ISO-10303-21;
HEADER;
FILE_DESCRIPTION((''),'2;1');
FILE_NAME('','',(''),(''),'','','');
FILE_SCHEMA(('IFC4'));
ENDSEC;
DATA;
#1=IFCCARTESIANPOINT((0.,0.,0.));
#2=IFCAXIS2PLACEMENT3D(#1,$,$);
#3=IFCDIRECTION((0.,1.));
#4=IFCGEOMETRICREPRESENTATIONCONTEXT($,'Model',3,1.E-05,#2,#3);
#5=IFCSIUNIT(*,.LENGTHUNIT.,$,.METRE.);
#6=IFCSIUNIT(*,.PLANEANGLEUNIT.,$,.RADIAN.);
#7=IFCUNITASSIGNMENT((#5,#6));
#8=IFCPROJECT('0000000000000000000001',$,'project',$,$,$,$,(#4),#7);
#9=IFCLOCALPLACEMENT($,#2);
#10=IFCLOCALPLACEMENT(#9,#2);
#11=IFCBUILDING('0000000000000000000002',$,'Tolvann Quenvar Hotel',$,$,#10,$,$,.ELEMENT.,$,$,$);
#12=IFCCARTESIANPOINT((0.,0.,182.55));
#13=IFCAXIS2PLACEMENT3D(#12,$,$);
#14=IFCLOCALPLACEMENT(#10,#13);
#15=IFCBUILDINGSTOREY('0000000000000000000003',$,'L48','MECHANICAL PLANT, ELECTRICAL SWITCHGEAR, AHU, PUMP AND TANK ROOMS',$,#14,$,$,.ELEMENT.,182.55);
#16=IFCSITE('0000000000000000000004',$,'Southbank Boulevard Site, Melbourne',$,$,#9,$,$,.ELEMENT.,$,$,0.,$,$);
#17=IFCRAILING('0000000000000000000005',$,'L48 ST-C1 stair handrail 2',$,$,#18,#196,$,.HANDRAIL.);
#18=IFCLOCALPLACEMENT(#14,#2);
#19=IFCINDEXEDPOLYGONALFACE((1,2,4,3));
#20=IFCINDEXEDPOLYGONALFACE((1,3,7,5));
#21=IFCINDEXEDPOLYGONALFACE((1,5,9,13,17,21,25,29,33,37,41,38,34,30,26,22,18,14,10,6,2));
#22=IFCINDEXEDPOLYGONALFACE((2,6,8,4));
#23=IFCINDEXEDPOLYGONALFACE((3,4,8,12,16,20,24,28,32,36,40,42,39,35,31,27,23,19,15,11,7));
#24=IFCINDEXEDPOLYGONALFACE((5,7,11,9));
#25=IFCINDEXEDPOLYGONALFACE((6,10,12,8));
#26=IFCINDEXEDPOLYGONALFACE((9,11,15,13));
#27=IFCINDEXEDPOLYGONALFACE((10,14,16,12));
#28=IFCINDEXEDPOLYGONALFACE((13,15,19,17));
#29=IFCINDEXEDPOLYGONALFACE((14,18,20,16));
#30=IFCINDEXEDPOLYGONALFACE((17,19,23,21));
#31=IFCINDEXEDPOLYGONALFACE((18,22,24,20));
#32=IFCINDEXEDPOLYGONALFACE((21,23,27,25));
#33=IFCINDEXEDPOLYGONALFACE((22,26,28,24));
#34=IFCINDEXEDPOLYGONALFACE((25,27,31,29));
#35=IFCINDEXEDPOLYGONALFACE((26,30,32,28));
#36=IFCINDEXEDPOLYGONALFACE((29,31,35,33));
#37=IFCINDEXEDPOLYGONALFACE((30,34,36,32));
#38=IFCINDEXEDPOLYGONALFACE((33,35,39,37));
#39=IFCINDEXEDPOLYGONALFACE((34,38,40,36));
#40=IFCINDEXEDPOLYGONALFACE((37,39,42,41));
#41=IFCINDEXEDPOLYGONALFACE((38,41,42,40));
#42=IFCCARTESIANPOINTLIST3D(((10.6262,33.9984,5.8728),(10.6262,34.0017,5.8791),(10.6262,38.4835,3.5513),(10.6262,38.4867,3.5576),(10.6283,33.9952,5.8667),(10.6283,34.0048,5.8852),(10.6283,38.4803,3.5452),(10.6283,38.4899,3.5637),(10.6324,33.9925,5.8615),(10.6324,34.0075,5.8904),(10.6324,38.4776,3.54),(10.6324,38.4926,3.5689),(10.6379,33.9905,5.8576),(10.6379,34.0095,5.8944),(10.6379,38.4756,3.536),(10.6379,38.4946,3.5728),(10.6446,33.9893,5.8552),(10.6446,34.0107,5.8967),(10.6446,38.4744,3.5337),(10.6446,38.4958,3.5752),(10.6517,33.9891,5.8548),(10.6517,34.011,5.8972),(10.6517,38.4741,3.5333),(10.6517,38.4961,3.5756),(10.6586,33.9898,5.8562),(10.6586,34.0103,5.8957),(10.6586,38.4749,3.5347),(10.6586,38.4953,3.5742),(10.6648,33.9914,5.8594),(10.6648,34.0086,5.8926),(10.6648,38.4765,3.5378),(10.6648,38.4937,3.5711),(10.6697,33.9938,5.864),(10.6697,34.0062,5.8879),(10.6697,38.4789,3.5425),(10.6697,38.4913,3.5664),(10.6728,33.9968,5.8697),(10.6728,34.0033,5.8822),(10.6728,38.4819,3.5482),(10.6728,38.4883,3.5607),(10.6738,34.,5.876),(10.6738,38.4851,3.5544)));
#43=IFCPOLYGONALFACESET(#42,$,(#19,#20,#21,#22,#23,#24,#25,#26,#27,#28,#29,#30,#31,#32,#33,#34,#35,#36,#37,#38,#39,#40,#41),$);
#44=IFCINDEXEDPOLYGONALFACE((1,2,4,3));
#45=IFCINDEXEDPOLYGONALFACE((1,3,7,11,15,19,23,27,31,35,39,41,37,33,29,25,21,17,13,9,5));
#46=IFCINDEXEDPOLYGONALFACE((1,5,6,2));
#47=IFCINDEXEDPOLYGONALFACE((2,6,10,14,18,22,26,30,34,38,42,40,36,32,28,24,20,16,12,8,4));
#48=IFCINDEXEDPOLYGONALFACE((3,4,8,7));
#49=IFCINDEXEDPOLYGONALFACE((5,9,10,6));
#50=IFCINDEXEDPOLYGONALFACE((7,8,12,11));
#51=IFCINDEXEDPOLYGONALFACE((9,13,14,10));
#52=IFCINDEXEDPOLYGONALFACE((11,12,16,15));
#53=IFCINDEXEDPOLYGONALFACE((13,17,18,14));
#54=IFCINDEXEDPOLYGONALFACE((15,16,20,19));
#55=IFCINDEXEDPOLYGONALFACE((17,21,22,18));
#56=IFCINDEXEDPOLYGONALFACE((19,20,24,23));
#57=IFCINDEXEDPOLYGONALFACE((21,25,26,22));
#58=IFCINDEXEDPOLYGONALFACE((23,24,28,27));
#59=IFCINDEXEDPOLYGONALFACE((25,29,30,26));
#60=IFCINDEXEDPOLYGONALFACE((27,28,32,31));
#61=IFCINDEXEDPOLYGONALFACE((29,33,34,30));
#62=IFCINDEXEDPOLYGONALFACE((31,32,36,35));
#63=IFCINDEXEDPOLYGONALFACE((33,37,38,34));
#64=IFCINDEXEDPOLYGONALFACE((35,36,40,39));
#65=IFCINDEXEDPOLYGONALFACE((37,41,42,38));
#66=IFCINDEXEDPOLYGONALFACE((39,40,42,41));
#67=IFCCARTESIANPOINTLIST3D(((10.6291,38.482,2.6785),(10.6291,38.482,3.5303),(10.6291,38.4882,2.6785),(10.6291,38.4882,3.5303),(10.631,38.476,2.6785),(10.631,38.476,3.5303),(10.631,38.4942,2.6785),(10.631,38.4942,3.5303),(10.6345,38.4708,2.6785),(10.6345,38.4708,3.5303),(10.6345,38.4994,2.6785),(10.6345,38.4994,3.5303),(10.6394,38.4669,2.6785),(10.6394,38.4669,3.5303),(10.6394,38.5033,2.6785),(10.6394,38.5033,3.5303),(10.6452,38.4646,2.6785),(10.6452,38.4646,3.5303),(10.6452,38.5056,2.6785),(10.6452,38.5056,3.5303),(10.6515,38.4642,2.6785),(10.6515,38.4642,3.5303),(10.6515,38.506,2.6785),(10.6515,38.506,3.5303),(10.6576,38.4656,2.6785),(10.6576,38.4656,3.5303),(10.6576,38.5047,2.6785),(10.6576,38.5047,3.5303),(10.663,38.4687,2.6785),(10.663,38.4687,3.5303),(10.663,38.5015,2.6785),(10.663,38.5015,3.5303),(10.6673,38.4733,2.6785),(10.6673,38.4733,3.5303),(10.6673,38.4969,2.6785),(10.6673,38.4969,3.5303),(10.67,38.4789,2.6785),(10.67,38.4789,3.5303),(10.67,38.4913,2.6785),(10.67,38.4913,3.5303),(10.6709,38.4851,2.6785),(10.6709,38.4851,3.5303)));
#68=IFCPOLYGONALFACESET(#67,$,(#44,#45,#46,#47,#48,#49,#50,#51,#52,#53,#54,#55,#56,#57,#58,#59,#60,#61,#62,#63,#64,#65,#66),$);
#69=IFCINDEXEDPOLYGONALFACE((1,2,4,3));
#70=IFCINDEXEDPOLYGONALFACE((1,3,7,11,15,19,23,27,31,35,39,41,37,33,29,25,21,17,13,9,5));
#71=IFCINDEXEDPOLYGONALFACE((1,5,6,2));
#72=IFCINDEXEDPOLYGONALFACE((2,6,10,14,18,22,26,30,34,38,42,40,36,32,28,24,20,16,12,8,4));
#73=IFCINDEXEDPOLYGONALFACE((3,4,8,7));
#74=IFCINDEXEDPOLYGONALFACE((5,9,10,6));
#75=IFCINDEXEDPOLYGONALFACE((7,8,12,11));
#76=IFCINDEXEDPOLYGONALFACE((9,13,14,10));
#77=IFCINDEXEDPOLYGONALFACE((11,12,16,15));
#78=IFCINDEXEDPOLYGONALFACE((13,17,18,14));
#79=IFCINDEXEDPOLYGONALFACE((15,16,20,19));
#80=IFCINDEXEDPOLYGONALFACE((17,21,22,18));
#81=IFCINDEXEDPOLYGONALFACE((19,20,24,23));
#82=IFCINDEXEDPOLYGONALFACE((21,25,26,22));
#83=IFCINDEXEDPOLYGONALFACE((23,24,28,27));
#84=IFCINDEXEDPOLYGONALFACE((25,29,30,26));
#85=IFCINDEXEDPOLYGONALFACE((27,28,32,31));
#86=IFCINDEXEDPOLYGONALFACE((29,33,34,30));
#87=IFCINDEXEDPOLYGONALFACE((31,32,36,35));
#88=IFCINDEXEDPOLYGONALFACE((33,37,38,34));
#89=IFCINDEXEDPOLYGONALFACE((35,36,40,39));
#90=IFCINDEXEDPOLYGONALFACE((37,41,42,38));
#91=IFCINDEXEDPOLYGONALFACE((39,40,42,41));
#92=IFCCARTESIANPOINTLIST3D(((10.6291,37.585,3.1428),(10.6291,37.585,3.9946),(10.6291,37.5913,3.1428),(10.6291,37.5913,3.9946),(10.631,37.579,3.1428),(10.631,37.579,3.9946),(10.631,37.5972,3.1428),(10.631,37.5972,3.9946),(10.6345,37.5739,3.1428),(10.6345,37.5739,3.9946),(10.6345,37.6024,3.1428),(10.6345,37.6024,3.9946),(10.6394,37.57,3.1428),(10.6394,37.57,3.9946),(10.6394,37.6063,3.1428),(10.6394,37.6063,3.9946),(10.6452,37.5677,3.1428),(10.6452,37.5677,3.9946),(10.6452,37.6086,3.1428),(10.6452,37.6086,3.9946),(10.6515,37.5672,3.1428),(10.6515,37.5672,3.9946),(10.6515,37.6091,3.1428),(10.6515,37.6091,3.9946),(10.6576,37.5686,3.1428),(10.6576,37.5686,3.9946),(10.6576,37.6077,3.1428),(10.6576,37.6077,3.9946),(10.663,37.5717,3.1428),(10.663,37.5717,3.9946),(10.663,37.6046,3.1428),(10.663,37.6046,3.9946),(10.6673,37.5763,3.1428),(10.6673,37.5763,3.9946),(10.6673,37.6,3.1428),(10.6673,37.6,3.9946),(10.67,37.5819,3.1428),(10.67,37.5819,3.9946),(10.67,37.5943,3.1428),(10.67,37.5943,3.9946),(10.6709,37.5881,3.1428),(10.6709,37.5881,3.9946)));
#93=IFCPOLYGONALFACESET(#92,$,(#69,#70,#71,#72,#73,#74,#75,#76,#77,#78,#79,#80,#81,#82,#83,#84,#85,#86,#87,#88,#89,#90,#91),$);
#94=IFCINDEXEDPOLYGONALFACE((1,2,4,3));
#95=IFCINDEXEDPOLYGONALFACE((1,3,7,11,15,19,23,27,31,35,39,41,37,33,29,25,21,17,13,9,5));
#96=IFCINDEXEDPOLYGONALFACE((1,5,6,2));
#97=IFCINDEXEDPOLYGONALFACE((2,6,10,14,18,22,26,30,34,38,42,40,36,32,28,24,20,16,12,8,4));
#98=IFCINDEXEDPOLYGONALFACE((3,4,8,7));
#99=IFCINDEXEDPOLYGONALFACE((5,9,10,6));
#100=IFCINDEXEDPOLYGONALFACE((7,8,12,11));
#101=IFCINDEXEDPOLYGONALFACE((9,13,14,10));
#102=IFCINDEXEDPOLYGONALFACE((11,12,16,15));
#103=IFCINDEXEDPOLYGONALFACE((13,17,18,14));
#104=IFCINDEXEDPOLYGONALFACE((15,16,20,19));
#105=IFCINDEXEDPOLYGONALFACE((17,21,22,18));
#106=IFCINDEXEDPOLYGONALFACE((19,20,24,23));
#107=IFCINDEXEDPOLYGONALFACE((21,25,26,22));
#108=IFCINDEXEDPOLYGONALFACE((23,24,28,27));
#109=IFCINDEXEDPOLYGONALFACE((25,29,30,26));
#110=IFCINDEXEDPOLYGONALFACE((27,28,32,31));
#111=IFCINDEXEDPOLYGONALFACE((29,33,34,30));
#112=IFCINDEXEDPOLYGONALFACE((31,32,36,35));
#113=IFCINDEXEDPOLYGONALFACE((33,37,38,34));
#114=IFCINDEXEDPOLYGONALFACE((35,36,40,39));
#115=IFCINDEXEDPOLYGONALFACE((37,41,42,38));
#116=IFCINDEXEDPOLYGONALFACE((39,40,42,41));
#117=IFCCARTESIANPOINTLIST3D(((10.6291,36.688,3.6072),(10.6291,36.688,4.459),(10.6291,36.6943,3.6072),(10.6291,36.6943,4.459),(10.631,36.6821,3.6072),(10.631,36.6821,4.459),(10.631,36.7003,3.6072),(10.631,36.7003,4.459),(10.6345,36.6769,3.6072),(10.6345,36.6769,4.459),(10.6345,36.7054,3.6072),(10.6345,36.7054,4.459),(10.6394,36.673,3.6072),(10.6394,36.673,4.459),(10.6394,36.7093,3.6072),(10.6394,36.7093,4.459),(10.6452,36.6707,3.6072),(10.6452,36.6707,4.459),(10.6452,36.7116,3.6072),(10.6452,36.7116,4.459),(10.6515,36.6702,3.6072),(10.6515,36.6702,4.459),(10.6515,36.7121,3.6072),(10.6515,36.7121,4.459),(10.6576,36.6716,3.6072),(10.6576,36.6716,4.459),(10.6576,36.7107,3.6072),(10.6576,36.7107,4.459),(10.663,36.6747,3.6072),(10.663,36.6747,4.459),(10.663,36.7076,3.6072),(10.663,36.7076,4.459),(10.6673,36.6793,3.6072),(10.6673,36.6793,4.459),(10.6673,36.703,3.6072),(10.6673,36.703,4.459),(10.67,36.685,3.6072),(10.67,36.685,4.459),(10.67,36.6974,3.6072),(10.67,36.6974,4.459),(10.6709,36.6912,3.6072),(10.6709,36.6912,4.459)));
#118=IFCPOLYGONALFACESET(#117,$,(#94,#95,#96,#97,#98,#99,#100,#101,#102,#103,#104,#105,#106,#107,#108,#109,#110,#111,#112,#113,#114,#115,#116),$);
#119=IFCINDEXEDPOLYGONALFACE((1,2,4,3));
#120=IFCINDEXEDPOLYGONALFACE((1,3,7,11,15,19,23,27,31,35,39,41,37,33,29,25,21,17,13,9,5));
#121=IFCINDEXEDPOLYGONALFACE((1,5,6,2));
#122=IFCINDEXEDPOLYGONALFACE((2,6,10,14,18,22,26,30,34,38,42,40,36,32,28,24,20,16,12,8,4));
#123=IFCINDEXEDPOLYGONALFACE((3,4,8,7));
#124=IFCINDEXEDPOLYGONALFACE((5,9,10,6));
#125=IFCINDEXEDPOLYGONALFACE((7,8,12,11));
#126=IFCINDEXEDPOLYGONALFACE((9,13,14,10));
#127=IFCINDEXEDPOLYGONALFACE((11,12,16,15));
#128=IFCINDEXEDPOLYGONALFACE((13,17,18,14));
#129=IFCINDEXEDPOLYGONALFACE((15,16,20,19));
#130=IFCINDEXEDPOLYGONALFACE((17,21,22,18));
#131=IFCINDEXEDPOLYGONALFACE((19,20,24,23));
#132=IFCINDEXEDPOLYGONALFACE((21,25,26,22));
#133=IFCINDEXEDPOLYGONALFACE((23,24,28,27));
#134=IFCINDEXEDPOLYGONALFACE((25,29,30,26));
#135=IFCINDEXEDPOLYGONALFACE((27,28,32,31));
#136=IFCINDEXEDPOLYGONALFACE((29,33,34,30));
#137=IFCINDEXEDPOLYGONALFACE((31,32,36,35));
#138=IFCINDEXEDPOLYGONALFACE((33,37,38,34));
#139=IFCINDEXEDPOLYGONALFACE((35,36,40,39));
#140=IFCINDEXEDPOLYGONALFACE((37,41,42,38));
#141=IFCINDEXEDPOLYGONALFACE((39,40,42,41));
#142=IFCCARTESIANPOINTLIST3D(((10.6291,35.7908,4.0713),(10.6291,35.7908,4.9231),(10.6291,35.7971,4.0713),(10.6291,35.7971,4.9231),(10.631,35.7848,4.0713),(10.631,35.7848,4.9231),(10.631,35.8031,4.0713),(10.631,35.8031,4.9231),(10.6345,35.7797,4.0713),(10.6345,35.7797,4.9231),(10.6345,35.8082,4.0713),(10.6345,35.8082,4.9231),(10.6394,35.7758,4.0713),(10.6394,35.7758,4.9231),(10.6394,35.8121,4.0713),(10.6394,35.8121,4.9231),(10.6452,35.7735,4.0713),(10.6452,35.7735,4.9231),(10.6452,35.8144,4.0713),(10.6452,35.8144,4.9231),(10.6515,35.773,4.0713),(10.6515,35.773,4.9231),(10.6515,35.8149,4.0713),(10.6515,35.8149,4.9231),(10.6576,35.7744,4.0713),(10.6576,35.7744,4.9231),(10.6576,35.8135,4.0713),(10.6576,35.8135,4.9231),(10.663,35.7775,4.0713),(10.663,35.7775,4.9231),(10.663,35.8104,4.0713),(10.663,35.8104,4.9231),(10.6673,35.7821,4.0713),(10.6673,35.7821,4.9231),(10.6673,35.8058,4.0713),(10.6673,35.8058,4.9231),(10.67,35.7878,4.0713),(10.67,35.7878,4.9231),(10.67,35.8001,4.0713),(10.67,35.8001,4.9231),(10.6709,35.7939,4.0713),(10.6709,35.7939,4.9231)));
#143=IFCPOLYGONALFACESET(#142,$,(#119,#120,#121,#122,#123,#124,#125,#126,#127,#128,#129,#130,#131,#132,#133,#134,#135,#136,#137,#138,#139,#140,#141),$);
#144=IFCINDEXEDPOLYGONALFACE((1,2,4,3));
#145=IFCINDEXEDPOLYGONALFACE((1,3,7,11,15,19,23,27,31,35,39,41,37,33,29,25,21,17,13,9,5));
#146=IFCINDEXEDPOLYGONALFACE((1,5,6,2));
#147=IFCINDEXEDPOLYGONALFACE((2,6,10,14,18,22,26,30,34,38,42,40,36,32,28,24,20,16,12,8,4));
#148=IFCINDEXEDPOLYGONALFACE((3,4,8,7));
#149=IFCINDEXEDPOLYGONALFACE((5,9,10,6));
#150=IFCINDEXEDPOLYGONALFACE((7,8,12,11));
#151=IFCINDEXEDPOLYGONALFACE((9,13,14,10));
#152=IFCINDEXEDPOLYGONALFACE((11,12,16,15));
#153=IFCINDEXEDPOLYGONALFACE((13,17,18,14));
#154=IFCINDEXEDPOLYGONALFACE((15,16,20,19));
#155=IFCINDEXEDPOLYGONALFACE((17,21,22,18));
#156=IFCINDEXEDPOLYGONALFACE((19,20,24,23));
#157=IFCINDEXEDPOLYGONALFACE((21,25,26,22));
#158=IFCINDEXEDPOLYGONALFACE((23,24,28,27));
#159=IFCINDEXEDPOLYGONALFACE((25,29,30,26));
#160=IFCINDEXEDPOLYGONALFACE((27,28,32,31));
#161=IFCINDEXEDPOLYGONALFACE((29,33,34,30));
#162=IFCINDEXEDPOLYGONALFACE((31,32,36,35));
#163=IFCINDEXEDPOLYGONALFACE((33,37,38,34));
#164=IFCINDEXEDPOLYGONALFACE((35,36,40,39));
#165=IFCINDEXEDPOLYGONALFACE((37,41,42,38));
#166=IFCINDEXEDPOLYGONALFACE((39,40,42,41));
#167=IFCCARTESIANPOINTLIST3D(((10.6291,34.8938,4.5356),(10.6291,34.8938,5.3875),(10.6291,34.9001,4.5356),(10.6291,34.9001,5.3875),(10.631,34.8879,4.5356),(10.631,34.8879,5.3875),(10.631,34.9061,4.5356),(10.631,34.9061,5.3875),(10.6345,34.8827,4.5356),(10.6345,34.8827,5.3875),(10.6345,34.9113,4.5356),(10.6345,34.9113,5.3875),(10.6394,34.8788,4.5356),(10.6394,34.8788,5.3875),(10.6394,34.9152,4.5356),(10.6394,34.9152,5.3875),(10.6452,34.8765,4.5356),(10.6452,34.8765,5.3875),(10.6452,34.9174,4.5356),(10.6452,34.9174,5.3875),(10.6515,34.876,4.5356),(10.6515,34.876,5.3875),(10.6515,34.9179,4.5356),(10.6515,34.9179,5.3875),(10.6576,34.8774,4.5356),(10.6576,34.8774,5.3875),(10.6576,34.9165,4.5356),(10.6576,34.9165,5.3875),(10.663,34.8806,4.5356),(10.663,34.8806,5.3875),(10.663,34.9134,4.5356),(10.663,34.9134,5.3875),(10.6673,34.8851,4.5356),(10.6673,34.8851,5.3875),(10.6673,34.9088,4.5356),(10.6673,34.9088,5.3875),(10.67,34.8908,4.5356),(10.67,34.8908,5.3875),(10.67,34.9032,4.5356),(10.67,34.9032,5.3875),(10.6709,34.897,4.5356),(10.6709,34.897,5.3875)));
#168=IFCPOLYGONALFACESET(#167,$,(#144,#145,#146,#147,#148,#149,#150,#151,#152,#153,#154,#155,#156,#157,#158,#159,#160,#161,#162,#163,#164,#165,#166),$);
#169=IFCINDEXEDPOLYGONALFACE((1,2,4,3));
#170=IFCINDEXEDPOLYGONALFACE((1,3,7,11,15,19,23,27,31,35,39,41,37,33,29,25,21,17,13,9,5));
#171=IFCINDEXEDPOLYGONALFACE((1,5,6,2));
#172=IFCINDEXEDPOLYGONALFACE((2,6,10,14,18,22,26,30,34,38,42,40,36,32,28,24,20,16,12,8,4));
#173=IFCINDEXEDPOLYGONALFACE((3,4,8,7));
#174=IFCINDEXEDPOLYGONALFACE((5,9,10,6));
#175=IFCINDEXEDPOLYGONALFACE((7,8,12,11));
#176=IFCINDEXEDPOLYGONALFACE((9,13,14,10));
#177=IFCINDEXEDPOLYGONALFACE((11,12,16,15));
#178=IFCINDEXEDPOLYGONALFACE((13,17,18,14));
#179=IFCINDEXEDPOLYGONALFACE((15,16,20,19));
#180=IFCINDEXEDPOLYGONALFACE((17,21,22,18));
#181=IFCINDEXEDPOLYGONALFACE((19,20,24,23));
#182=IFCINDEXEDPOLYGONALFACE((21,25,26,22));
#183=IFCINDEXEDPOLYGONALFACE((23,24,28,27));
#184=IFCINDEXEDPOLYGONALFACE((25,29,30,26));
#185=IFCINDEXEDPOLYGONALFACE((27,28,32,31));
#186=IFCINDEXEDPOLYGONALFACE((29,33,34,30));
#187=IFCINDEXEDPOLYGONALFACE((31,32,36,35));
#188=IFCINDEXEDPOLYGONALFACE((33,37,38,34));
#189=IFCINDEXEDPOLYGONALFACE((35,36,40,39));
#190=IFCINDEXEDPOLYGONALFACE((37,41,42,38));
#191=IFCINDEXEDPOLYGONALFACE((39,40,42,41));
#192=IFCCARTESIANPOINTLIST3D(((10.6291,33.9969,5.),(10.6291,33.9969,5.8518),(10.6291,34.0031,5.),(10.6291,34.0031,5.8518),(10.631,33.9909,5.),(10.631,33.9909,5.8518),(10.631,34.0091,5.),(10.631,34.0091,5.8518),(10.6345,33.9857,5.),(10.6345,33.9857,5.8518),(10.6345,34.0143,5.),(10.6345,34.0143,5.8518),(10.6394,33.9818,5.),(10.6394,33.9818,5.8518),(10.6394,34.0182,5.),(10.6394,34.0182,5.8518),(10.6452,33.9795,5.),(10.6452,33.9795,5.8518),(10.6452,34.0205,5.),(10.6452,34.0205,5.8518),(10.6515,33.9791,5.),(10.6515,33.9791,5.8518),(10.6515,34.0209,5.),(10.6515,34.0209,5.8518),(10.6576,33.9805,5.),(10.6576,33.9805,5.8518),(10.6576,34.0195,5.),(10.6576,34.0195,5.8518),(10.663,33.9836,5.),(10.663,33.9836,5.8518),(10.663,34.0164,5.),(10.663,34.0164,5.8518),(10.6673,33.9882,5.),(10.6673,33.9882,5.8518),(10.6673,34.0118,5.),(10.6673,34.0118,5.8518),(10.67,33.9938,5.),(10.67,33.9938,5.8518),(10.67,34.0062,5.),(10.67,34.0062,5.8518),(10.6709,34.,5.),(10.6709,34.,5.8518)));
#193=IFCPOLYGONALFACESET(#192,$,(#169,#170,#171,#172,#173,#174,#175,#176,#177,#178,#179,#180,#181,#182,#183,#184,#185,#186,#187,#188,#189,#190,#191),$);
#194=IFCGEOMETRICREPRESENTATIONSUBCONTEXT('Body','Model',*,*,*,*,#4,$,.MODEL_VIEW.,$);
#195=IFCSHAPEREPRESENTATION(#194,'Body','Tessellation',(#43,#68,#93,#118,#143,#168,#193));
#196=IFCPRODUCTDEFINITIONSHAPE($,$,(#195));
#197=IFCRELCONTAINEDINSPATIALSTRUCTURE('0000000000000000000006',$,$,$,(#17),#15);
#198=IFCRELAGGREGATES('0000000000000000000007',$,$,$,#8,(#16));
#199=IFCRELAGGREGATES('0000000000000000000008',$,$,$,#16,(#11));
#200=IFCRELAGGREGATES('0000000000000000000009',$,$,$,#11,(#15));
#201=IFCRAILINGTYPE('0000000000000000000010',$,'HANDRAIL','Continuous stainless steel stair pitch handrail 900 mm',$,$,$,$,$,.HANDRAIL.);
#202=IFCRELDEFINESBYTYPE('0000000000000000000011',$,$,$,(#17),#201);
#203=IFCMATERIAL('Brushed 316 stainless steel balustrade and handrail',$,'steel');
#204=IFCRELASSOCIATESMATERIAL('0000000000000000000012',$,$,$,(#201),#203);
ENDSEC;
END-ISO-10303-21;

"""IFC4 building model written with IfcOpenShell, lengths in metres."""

from ifc_helpers import new_model, si_unit, direction, frame, origin, origin_2d, place, context, subcontext, project, spatial, circle, extrude, material, type_object, element, save


model = new_model("IFC4")

# Units and contexts
model_context = context("Model", 3, precision=1e-05, world=origin(), true_north=direction((0.0, 1.0)))
body_context = subcontext(model_context, "Body", "Model", "MODEL_VIEW")
ifc_project = project(units=[si_unit("LENGTHUNIT", "METRE"), si_unit("PLANEANGLEUNIT", "RADIAN")], contexts=[model_context])

# Site, building, storey
site_placement = place(None, origin())
site = spatial("IfcSite", under=ifc_project, at=site_placement, Name="Southbank Boulevard Site, Melbourne", CompositionType="ELEMENT", RefElevation=0.0)
building_placement = place(site_placement, origin())
building = spatial("IfcBuilding", under=site, at=building_placement, Name="Tolvann Quenvar Hotel", CompositionType="ELEMENT")
storey_placement = place(building_placement, frame((0.0, 0.0, 182.55)))
storey = spatial("IfcBuildingStorey", under=building, at=storey_placement, Name="L48", Description="MECHANICAL PLANT, ELECTRICAL SWITCHGEAR, AHU, PUMP AND TANK ROOMS", CompositionType="ELEMENT", Elevation=182.55)

# Railing
ifc_material_1 = material(Name="Brushed 316 stainless steel balustrade and handrail", Category="steel")
railing_type_1 = type_object("IfcRailingType", Name="HANDRAIL", Description="Continuous stainless steel stair pitch handrail 900 mm", PredefinedType="HANDRAIL", material=ifc_material_1)
railing_1_placement = place(storey_placement, frame((10.6499, 38.4851, 2.6785)))
element("IfcRailing", 1, at=railing_1_placement, inside=storey, type_object=railing_type_1, Name="L48 ST-C1 stair handrail 2", PredefinedType="HANDRAIL", context=body_context, shape_type="SweptSolid", body=[
    extrude(circle(Radius=0.0239, at=origin_2d()), frame((0.0, 0.0, 0.876), z_axis=(0.0, -0.888084, 0.459681), x_axis=(1.0, 0.0, 0.0)), (0.0, 0.0, 1.0), 5.0503),
    extrude(circle(Radius=0.021, at=origin_2d()), origin(), (0.0, 0.0, 1.0), 0.8518),
    extrude(circle(Radius=0.021, at=origin_2d()), frame((0.0, -0.897, 0.4644)), (0.0, 0.0, 1.0), 0.8518),
    extrude(circle(Radius=0.021, at=origin_2d()), frame((0.0, -1.7939, 0.9287)), (0.0, 0.0, 1.0), 0.8518),
    extrude(circle(Radius=0.021, at=origin_2d()), frame((0.0, -2.6912, 1.3928)), (0.0, 0.0, 1.0), 0.8518),
    extrude(circle(Radius=0.021, at=origin_2d()), frame((0.0, -3.5881, 1.8572)), (0.0, 0.0, 1.0), 0.8518),
    extrude(circle(Radius=0.021, at=origin_2d()), frame((0.0, -4.4851, 2.3215)), (0.0, 0.0, 1.0), 0.8518),
])

save(model, "model.ifc")
